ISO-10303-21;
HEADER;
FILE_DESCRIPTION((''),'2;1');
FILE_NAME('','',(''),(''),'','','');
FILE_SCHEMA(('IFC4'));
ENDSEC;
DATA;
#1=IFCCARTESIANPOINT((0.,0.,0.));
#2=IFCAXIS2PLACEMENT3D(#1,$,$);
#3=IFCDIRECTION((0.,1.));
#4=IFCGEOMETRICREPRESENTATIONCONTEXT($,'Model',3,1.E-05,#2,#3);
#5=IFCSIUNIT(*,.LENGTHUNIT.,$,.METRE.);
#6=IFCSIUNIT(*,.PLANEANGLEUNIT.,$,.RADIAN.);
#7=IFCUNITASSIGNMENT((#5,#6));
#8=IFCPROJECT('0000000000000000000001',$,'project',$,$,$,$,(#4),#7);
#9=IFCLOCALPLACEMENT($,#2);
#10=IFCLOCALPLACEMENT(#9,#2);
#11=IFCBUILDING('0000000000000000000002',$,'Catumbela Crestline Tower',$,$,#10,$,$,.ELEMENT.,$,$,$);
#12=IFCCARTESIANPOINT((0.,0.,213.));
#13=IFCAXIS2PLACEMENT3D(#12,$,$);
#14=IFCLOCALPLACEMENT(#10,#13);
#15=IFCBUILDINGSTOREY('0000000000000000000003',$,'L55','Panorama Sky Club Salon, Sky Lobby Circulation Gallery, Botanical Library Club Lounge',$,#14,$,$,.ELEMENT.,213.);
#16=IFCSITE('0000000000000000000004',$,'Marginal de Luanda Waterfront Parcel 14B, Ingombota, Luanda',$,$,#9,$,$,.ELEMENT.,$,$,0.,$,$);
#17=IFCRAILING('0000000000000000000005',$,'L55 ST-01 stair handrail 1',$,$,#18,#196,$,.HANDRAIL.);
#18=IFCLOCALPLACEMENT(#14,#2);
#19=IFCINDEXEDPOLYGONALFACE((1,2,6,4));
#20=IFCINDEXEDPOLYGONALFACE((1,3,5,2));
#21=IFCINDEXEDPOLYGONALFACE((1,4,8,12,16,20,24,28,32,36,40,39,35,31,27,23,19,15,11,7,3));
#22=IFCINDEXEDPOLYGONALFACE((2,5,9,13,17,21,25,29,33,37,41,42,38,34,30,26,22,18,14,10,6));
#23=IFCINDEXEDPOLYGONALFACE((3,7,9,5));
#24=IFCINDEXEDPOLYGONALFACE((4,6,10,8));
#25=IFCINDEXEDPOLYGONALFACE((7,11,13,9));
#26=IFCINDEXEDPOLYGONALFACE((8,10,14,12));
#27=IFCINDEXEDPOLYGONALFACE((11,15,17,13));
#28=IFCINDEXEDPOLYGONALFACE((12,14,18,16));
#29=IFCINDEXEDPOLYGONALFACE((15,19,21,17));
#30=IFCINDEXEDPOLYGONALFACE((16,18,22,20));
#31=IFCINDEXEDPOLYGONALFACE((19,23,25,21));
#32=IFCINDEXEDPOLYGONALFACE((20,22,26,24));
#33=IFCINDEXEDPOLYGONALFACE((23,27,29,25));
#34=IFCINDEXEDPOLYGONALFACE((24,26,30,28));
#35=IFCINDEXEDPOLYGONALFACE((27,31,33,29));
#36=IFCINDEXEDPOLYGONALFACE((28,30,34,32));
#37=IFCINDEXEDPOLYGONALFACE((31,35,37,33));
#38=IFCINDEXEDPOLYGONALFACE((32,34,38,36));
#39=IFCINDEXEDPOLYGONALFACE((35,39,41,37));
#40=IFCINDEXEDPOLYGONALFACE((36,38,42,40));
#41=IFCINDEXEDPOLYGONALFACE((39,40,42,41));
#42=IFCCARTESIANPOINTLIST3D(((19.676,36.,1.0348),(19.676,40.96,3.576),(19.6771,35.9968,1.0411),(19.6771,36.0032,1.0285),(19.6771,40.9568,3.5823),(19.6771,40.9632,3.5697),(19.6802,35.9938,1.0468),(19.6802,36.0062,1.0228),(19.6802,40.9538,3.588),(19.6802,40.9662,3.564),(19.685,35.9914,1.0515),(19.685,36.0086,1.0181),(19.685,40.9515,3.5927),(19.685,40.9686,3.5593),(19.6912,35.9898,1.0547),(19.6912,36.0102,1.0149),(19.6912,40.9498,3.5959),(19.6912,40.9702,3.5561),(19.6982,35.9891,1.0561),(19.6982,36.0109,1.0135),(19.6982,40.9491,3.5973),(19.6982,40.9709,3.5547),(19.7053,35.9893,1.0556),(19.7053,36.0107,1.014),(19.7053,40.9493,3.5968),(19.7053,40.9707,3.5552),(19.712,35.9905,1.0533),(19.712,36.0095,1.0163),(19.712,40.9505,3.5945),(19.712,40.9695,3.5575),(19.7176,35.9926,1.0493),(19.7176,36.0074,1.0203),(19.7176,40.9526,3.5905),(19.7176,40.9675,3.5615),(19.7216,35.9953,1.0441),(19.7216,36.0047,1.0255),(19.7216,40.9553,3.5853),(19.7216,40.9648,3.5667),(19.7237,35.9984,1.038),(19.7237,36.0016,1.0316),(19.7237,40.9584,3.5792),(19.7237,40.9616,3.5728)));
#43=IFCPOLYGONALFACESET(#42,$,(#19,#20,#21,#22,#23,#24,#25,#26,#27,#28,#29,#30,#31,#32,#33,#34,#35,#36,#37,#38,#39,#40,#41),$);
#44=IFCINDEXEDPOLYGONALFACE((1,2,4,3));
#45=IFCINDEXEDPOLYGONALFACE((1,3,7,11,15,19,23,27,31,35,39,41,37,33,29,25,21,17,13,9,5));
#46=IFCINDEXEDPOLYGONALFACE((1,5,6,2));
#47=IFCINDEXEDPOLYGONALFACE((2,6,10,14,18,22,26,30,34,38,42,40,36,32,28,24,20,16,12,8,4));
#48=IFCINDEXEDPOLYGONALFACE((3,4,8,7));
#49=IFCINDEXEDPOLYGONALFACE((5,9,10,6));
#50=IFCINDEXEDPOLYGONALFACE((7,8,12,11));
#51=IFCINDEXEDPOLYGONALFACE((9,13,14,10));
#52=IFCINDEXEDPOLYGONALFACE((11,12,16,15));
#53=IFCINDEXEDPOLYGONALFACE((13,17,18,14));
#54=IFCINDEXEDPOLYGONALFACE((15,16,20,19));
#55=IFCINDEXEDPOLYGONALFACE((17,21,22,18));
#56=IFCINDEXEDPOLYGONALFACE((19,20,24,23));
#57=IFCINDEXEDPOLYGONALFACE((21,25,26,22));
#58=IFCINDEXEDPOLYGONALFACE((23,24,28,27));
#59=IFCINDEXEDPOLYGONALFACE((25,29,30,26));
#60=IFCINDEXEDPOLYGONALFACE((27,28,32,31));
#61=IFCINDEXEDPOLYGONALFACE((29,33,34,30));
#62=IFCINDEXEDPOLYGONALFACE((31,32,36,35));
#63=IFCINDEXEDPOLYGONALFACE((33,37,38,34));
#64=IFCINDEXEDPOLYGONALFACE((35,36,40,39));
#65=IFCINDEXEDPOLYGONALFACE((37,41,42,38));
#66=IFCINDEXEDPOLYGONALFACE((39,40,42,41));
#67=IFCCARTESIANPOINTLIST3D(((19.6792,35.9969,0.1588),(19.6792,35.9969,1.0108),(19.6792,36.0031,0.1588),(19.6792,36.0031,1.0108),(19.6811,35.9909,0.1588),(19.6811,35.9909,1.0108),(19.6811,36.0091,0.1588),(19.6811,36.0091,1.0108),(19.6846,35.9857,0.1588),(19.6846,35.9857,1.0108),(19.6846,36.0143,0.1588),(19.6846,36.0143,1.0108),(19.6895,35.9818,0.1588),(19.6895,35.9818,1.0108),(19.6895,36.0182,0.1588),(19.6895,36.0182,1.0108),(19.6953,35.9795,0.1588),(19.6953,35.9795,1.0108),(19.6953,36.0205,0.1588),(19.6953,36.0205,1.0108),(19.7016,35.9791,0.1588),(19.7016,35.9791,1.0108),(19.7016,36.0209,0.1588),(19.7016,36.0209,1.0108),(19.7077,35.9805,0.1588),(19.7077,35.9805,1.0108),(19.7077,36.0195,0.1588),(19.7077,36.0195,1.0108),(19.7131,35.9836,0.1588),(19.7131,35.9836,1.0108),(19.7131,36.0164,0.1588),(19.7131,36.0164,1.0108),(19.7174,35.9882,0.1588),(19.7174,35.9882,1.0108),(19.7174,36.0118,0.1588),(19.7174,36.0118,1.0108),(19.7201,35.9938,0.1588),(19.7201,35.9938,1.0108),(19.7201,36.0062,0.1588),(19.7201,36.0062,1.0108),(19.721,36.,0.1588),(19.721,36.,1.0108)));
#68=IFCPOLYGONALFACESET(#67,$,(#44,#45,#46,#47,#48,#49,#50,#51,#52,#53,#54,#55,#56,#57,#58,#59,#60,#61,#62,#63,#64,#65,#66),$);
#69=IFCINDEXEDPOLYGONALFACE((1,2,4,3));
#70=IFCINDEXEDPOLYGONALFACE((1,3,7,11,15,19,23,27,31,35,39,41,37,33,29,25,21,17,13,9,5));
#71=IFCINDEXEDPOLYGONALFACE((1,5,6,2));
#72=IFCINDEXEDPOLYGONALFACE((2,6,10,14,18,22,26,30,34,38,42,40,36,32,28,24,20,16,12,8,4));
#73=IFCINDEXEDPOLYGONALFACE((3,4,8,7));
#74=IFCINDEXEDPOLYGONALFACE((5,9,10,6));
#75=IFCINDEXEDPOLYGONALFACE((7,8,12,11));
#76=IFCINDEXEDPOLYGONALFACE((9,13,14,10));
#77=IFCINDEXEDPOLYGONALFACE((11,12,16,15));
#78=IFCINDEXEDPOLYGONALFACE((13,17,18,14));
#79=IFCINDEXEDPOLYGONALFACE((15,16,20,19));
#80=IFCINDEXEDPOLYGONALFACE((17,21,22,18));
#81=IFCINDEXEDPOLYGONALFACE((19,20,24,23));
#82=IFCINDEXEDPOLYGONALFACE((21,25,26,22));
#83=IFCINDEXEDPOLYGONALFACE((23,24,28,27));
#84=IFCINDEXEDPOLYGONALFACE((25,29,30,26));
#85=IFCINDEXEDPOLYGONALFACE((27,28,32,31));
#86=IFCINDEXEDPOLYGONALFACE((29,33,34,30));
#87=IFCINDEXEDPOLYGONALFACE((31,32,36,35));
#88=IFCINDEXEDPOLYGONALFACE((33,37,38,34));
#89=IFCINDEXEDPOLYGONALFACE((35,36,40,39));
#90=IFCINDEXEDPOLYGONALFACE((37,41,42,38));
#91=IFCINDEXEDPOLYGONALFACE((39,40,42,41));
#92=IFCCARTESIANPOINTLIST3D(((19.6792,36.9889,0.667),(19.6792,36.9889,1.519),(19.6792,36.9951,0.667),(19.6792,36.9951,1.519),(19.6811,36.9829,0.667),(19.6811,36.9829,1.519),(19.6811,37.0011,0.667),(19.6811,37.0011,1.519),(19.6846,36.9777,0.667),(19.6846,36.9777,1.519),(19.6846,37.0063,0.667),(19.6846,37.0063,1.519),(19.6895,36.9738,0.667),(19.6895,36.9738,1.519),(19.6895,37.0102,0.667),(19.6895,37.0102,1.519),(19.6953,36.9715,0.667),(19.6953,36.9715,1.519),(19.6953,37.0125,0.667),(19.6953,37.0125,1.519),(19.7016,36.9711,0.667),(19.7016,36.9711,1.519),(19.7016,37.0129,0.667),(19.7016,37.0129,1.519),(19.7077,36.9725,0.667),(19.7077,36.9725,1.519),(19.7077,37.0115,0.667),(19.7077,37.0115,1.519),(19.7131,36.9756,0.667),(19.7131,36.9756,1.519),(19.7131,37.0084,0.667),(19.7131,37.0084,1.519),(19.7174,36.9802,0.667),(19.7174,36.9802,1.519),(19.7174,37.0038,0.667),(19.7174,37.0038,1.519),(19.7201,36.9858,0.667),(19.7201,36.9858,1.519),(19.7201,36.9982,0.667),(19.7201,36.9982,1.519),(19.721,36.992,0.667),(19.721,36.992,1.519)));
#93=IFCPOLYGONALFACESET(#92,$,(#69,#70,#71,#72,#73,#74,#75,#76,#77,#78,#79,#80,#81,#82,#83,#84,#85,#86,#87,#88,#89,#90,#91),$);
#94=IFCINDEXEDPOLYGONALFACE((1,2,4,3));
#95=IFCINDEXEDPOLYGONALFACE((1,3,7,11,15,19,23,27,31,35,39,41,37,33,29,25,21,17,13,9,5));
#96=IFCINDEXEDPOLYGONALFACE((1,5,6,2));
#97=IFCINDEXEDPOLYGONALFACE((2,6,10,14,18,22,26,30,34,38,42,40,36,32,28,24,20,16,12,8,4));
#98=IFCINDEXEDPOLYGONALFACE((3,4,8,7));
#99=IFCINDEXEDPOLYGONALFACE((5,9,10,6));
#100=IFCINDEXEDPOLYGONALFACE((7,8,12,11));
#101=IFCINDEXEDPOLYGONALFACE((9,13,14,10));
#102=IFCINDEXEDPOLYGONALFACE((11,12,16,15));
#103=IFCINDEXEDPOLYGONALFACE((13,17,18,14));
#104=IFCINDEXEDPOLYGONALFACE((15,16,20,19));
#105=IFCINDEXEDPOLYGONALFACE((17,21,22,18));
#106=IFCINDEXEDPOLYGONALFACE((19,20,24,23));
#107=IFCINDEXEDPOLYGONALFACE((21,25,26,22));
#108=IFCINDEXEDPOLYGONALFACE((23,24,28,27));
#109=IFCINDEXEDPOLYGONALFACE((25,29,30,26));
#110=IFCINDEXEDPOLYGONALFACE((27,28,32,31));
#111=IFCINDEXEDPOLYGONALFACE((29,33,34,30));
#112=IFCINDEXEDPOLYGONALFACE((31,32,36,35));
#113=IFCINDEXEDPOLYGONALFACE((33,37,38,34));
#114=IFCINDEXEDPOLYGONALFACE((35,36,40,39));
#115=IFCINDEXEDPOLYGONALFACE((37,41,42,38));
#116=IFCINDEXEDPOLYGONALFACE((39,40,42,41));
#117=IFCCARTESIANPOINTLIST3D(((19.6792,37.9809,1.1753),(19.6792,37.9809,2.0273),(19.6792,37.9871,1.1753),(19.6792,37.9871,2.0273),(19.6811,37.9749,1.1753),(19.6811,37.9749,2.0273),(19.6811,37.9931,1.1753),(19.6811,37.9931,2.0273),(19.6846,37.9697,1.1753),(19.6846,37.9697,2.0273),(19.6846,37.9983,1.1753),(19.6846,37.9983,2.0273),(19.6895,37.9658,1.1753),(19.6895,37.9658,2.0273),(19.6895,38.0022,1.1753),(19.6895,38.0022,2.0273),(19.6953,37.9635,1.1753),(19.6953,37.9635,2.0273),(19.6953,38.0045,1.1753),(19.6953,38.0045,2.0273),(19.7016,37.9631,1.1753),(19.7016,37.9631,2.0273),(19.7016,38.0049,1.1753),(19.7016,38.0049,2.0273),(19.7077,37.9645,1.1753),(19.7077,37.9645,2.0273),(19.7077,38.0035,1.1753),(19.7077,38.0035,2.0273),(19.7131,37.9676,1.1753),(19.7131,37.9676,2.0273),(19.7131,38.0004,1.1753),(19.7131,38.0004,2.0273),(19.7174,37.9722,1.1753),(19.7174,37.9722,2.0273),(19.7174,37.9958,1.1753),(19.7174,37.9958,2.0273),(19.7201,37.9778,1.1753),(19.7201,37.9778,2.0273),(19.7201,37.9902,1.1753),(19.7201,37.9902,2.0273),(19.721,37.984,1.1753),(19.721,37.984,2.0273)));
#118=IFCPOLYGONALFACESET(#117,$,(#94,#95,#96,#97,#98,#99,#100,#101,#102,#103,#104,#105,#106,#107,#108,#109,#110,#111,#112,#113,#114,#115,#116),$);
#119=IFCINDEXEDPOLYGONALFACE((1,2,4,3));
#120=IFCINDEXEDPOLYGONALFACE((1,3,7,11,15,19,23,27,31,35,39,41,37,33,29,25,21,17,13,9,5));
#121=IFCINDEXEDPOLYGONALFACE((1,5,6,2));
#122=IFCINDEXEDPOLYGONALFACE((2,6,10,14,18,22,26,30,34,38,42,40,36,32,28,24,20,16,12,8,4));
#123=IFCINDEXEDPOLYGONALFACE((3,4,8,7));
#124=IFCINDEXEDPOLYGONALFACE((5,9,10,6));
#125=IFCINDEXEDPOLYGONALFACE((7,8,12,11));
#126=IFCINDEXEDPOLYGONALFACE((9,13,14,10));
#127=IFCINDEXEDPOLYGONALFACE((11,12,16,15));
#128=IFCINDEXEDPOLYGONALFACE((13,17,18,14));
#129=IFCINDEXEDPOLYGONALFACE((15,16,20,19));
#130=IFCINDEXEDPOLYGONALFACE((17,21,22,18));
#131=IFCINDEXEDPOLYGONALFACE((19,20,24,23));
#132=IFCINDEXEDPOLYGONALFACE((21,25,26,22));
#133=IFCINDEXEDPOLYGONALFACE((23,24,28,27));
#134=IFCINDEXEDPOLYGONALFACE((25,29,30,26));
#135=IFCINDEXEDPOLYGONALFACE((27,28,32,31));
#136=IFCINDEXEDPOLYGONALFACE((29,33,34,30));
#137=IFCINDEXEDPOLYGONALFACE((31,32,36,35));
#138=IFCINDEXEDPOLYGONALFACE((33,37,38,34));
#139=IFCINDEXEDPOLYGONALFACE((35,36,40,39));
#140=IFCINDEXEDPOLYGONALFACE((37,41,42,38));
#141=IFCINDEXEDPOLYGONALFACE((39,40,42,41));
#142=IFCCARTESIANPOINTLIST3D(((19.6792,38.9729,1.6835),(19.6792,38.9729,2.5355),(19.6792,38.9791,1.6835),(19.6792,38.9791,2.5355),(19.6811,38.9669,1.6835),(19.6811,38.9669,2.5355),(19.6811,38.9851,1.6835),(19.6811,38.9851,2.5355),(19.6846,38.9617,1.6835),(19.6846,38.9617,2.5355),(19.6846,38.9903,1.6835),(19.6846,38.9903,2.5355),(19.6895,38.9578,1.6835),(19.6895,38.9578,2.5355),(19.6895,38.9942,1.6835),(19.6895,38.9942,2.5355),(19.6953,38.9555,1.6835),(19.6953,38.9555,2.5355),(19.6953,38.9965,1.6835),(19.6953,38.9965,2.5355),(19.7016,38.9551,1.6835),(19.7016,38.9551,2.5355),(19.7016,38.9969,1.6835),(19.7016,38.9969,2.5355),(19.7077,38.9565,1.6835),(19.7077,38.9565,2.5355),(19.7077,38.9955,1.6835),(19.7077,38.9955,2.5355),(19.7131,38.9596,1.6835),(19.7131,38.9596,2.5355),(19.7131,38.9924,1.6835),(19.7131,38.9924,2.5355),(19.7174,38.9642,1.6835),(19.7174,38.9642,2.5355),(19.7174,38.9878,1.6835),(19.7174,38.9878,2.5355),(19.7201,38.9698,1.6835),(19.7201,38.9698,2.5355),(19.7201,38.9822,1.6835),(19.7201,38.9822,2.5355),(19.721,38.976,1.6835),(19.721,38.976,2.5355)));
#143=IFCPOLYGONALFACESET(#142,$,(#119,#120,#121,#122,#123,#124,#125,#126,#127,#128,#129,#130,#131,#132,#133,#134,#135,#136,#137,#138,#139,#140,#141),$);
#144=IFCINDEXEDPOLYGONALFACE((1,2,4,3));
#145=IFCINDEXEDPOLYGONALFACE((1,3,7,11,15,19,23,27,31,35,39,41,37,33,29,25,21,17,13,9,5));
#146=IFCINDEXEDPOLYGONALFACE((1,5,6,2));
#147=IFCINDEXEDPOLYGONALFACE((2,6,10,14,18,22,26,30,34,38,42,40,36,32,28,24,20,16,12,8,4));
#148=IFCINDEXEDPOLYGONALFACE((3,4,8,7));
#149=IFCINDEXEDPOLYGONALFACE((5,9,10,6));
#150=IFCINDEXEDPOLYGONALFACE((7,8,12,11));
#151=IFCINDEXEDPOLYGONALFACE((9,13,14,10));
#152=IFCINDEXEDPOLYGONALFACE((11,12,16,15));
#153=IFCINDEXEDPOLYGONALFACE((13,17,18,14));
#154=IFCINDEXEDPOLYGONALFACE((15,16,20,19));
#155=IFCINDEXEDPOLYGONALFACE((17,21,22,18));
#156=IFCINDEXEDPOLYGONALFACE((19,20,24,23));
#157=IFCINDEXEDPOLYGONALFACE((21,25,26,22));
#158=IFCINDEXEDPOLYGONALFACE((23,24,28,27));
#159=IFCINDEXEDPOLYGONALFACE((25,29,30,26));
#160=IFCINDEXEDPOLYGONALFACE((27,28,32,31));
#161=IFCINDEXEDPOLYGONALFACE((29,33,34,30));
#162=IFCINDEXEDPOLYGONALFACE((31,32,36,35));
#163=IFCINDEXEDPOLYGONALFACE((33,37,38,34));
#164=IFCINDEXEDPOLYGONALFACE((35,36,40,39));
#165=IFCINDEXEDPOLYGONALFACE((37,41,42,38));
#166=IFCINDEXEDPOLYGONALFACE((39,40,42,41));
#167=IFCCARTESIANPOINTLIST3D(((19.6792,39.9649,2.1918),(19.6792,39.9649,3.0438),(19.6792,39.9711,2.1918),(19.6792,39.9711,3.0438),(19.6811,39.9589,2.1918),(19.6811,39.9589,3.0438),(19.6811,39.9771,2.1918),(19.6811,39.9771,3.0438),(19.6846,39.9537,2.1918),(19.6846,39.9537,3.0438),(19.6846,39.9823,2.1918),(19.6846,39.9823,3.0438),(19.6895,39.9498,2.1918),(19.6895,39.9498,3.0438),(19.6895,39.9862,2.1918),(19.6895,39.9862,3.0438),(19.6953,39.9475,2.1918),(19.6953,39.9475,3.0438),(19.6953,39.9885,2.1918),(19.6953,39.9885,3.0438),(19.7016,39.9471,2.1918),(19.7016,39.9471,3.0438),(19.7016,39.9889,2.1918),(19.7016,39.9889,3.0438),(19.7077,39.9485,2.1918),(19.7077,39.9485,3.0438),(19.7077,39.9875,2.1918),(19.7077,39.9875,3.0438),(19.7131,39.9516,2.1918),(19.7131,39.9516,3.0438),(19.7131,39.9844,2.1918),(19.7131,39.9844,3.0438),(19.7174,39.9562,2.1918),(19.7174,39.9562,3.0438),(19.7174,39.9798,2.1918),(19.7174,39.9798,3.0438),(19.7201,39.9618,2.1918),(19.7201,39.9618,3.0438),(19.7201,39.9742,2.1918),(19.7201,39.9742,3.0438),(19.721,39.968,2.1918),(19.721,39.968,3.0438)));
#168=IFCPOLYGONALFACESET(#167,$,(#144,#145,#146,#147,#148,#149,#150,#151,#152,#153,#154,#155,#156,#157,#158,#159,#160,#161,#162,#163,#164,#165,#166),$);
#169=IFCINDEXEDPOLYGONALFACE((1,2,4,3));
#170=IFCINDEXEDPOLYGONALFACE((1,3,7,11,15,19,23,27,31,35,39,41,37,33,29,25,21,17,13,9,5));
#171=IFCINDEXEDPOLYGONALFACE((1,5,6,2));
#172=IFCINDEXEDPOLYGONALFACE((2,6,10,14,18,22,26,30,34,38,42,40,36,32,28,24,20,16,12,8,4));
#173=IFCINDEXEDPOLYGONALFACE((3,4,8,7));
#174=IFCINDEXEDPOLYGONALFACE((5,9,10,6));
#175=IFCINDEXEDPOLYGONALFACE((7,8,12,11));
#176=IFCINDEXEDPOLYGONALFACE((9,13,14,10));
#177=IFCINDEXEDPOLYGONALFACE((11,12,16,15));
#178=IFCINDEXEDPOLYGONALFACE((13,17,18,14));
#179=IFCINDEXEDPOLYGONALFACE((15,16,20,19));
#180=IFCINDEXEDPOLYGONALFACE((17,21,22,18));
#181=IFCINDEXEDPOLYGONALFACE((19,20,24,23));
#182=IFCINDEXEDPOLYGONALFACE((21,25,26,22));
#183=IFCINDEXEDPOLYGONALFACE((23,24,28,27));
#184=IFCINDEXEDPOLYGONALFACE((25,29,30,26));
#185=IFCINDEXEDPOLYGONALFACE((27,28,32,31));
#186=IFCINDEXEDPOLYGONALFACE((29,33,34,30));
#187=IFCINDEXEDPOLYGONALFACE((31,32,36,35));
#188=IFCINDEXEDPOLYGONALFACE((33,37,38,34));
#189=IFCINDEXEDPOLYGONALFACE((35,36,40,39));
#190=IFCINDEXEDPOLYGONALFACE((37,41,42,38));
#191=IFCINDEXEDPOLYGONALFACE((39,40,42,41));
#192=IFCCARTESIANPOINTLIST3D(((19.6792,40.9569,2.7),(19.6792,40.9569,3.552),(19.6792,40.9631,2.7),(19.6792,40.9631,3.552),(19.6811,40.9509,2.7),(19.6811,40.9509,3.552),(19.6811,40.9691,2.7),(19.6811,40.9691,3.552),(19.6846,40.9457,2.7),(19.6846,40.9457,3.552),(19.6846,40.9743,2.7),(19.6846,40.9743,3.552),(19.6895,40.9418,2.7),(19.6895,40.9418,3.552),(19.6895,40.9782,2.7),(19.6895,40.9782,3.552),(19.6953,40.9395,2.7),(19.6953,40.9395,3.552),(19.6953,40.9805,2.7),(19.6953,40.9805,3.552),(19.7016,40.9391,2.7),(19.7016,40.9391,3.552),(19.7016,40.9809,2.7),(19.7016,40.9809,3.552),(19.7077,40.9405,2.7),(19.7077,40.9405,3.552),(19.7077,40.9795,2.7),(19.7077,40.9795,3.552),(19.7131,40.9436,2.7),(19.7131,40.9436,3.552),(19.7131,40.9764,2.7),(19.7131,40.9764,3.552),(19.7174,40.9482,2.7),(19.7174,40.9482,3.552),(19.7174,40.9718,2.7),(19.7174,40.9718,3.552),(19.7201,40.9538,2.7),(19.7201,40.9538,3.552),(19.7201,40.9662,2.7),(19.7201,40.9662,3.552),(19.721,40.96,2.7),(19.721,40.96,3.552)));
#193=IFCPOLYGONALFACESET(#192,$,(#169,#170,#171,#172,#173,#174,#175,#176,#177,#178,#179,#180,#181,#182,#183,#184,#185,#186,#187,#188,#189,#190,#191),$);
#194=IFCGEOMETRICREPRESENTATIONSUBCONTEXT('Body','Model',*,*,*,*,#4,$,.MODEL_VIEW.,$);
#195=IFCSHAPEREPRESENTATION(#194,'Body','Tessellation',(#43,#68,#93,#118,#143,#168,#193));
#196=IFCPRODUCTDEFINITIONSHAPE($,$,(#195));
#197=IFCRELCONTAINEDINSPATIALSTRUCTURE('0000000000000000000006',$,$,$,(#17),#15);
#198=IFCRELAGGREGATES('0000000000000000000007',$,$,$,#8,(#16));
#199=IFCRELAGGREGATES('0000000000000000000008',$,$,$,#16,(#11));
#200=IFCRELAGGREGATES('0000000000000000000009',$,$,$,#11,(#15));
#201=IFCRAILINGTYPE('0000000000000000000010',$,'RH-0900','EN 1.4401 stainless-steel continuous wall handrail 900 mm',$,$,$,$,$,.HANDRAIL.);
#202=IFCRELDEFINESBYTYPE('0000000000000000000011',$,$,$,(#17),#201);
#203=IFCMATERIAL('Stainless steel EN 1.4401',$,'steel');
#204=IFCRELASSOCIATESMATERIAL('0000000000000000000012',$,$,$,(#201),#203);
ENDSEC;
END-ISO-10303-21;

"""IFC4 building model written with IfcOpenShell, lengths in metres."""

from ifc_helpers import new_model, si_unit, direction, frame, origin, origin_2d, place, context, subcontext, project, spatial, circle, extrude, material, type_object, element, save


model = new_model("IFC4")

# Units and contexts
model_context = context("Model", 3, precision=1e-05, world=origin(), true_north=direction((0.0, 1.0)))
body_context = subcontext(model_context, "Body", "Model", "MODEL_VIEW")
ifc_project = project(units=[si_unit("LENGTHUNIT", "METRE"), si_unit("PLANEANGLEUNIT", "RADIAN")], contexts=[model_context])

# Site, building, storey
site_placement = place(None, origin())
site = spatial("IfcSite", under=ifc_project, at=site_placement, Name="Marginal de Luanda Waterfront Parcel 14B, Ingombota, Luanda", CompositionType="ELEMENT", RefElevation=0.0)
building_placement = place(site_placement, origin())
building = spatial("IfcBuilding", under=site, at=building_placement, Name="Catumbela Crestline Tower", CompositionType="ELEMENT")
storey_placement = place(building_placement, frame((0.0, 0.0, 213.0)))
storey = spatial("IfcBuildingStorey", under=building, at=storey_placement, Name="L55", Description="Panorama Sky Club Salon, Sky Lobby Circulation Gallery, Botanical Library Club Lounge", CompositionType="ELEMENT", Elevation=213.0)

# Shared definitions
ifc_material_1 = material(Name="Stainless steel EN 1.4401", Category="steel")

# Railing
railing_type_1 = type_object("IfcRailingType", Name="RH-0900", Description="EN 1.4401 stainless-steel continuous wall handrail 900 mm", PredefinedType="HANDRAIL", material=ifc_material_1)
railing_1_placement = place(storey_placement, frame((19.7, 36.0, 0.1588)))
element("IfcRailing", 1, at=railing_1_placement, inside=storey, type_object=railing_type_1, Name="L55 ST-01 stair handrail 1", PredefinedType="HANDRAIL", context=body_context, shape_type="SweptSolid", body=[
    extrude(circle(Radius=0.024, at=origin_2d()), frame((0.0, 0.0, 0.876), z_axis=(0.0, 0.889992, 0.455977), x_axis=(-1.0, 0.0, 0.0)), (0.0, 0.0, 1.0), 5.5731),
    extrude(circle(Radius=0.021, at=origin_2d()), origin(), (0.0, 0.0, 1.0), 0.852),
    extrude(circle(Radius=0.021, at=origin_2d()), frame((0.0, 0.992, 0.5082)), (0.0, 0.0, 1.0), 0.852),
    extrude(circle(Radius=0.021, at=origin_2d()), frame((0.0, 1.984, 1.0165)), (0.0, 0.0, 1.0), 0.852),
    extrude(circle(Radius=0.021, at=origin_2d()), frame((0.0, 2.976, 1.5247)), (0.0, 0.0, 1.0), 0.852),
    extrude(circle(Radius=0.021, at=origin_2d()), frame((0.0, 3.968, 2.033)), (0.0, 0.0, 1.0), 0.852),
    extrude(circle(Radius=0.021, at=origin_2d()), frame((0.0, 4.96, 2.5412)), (0.0, 0.0, 1.0), 0.852),
])

save(model, "model.ifc")
